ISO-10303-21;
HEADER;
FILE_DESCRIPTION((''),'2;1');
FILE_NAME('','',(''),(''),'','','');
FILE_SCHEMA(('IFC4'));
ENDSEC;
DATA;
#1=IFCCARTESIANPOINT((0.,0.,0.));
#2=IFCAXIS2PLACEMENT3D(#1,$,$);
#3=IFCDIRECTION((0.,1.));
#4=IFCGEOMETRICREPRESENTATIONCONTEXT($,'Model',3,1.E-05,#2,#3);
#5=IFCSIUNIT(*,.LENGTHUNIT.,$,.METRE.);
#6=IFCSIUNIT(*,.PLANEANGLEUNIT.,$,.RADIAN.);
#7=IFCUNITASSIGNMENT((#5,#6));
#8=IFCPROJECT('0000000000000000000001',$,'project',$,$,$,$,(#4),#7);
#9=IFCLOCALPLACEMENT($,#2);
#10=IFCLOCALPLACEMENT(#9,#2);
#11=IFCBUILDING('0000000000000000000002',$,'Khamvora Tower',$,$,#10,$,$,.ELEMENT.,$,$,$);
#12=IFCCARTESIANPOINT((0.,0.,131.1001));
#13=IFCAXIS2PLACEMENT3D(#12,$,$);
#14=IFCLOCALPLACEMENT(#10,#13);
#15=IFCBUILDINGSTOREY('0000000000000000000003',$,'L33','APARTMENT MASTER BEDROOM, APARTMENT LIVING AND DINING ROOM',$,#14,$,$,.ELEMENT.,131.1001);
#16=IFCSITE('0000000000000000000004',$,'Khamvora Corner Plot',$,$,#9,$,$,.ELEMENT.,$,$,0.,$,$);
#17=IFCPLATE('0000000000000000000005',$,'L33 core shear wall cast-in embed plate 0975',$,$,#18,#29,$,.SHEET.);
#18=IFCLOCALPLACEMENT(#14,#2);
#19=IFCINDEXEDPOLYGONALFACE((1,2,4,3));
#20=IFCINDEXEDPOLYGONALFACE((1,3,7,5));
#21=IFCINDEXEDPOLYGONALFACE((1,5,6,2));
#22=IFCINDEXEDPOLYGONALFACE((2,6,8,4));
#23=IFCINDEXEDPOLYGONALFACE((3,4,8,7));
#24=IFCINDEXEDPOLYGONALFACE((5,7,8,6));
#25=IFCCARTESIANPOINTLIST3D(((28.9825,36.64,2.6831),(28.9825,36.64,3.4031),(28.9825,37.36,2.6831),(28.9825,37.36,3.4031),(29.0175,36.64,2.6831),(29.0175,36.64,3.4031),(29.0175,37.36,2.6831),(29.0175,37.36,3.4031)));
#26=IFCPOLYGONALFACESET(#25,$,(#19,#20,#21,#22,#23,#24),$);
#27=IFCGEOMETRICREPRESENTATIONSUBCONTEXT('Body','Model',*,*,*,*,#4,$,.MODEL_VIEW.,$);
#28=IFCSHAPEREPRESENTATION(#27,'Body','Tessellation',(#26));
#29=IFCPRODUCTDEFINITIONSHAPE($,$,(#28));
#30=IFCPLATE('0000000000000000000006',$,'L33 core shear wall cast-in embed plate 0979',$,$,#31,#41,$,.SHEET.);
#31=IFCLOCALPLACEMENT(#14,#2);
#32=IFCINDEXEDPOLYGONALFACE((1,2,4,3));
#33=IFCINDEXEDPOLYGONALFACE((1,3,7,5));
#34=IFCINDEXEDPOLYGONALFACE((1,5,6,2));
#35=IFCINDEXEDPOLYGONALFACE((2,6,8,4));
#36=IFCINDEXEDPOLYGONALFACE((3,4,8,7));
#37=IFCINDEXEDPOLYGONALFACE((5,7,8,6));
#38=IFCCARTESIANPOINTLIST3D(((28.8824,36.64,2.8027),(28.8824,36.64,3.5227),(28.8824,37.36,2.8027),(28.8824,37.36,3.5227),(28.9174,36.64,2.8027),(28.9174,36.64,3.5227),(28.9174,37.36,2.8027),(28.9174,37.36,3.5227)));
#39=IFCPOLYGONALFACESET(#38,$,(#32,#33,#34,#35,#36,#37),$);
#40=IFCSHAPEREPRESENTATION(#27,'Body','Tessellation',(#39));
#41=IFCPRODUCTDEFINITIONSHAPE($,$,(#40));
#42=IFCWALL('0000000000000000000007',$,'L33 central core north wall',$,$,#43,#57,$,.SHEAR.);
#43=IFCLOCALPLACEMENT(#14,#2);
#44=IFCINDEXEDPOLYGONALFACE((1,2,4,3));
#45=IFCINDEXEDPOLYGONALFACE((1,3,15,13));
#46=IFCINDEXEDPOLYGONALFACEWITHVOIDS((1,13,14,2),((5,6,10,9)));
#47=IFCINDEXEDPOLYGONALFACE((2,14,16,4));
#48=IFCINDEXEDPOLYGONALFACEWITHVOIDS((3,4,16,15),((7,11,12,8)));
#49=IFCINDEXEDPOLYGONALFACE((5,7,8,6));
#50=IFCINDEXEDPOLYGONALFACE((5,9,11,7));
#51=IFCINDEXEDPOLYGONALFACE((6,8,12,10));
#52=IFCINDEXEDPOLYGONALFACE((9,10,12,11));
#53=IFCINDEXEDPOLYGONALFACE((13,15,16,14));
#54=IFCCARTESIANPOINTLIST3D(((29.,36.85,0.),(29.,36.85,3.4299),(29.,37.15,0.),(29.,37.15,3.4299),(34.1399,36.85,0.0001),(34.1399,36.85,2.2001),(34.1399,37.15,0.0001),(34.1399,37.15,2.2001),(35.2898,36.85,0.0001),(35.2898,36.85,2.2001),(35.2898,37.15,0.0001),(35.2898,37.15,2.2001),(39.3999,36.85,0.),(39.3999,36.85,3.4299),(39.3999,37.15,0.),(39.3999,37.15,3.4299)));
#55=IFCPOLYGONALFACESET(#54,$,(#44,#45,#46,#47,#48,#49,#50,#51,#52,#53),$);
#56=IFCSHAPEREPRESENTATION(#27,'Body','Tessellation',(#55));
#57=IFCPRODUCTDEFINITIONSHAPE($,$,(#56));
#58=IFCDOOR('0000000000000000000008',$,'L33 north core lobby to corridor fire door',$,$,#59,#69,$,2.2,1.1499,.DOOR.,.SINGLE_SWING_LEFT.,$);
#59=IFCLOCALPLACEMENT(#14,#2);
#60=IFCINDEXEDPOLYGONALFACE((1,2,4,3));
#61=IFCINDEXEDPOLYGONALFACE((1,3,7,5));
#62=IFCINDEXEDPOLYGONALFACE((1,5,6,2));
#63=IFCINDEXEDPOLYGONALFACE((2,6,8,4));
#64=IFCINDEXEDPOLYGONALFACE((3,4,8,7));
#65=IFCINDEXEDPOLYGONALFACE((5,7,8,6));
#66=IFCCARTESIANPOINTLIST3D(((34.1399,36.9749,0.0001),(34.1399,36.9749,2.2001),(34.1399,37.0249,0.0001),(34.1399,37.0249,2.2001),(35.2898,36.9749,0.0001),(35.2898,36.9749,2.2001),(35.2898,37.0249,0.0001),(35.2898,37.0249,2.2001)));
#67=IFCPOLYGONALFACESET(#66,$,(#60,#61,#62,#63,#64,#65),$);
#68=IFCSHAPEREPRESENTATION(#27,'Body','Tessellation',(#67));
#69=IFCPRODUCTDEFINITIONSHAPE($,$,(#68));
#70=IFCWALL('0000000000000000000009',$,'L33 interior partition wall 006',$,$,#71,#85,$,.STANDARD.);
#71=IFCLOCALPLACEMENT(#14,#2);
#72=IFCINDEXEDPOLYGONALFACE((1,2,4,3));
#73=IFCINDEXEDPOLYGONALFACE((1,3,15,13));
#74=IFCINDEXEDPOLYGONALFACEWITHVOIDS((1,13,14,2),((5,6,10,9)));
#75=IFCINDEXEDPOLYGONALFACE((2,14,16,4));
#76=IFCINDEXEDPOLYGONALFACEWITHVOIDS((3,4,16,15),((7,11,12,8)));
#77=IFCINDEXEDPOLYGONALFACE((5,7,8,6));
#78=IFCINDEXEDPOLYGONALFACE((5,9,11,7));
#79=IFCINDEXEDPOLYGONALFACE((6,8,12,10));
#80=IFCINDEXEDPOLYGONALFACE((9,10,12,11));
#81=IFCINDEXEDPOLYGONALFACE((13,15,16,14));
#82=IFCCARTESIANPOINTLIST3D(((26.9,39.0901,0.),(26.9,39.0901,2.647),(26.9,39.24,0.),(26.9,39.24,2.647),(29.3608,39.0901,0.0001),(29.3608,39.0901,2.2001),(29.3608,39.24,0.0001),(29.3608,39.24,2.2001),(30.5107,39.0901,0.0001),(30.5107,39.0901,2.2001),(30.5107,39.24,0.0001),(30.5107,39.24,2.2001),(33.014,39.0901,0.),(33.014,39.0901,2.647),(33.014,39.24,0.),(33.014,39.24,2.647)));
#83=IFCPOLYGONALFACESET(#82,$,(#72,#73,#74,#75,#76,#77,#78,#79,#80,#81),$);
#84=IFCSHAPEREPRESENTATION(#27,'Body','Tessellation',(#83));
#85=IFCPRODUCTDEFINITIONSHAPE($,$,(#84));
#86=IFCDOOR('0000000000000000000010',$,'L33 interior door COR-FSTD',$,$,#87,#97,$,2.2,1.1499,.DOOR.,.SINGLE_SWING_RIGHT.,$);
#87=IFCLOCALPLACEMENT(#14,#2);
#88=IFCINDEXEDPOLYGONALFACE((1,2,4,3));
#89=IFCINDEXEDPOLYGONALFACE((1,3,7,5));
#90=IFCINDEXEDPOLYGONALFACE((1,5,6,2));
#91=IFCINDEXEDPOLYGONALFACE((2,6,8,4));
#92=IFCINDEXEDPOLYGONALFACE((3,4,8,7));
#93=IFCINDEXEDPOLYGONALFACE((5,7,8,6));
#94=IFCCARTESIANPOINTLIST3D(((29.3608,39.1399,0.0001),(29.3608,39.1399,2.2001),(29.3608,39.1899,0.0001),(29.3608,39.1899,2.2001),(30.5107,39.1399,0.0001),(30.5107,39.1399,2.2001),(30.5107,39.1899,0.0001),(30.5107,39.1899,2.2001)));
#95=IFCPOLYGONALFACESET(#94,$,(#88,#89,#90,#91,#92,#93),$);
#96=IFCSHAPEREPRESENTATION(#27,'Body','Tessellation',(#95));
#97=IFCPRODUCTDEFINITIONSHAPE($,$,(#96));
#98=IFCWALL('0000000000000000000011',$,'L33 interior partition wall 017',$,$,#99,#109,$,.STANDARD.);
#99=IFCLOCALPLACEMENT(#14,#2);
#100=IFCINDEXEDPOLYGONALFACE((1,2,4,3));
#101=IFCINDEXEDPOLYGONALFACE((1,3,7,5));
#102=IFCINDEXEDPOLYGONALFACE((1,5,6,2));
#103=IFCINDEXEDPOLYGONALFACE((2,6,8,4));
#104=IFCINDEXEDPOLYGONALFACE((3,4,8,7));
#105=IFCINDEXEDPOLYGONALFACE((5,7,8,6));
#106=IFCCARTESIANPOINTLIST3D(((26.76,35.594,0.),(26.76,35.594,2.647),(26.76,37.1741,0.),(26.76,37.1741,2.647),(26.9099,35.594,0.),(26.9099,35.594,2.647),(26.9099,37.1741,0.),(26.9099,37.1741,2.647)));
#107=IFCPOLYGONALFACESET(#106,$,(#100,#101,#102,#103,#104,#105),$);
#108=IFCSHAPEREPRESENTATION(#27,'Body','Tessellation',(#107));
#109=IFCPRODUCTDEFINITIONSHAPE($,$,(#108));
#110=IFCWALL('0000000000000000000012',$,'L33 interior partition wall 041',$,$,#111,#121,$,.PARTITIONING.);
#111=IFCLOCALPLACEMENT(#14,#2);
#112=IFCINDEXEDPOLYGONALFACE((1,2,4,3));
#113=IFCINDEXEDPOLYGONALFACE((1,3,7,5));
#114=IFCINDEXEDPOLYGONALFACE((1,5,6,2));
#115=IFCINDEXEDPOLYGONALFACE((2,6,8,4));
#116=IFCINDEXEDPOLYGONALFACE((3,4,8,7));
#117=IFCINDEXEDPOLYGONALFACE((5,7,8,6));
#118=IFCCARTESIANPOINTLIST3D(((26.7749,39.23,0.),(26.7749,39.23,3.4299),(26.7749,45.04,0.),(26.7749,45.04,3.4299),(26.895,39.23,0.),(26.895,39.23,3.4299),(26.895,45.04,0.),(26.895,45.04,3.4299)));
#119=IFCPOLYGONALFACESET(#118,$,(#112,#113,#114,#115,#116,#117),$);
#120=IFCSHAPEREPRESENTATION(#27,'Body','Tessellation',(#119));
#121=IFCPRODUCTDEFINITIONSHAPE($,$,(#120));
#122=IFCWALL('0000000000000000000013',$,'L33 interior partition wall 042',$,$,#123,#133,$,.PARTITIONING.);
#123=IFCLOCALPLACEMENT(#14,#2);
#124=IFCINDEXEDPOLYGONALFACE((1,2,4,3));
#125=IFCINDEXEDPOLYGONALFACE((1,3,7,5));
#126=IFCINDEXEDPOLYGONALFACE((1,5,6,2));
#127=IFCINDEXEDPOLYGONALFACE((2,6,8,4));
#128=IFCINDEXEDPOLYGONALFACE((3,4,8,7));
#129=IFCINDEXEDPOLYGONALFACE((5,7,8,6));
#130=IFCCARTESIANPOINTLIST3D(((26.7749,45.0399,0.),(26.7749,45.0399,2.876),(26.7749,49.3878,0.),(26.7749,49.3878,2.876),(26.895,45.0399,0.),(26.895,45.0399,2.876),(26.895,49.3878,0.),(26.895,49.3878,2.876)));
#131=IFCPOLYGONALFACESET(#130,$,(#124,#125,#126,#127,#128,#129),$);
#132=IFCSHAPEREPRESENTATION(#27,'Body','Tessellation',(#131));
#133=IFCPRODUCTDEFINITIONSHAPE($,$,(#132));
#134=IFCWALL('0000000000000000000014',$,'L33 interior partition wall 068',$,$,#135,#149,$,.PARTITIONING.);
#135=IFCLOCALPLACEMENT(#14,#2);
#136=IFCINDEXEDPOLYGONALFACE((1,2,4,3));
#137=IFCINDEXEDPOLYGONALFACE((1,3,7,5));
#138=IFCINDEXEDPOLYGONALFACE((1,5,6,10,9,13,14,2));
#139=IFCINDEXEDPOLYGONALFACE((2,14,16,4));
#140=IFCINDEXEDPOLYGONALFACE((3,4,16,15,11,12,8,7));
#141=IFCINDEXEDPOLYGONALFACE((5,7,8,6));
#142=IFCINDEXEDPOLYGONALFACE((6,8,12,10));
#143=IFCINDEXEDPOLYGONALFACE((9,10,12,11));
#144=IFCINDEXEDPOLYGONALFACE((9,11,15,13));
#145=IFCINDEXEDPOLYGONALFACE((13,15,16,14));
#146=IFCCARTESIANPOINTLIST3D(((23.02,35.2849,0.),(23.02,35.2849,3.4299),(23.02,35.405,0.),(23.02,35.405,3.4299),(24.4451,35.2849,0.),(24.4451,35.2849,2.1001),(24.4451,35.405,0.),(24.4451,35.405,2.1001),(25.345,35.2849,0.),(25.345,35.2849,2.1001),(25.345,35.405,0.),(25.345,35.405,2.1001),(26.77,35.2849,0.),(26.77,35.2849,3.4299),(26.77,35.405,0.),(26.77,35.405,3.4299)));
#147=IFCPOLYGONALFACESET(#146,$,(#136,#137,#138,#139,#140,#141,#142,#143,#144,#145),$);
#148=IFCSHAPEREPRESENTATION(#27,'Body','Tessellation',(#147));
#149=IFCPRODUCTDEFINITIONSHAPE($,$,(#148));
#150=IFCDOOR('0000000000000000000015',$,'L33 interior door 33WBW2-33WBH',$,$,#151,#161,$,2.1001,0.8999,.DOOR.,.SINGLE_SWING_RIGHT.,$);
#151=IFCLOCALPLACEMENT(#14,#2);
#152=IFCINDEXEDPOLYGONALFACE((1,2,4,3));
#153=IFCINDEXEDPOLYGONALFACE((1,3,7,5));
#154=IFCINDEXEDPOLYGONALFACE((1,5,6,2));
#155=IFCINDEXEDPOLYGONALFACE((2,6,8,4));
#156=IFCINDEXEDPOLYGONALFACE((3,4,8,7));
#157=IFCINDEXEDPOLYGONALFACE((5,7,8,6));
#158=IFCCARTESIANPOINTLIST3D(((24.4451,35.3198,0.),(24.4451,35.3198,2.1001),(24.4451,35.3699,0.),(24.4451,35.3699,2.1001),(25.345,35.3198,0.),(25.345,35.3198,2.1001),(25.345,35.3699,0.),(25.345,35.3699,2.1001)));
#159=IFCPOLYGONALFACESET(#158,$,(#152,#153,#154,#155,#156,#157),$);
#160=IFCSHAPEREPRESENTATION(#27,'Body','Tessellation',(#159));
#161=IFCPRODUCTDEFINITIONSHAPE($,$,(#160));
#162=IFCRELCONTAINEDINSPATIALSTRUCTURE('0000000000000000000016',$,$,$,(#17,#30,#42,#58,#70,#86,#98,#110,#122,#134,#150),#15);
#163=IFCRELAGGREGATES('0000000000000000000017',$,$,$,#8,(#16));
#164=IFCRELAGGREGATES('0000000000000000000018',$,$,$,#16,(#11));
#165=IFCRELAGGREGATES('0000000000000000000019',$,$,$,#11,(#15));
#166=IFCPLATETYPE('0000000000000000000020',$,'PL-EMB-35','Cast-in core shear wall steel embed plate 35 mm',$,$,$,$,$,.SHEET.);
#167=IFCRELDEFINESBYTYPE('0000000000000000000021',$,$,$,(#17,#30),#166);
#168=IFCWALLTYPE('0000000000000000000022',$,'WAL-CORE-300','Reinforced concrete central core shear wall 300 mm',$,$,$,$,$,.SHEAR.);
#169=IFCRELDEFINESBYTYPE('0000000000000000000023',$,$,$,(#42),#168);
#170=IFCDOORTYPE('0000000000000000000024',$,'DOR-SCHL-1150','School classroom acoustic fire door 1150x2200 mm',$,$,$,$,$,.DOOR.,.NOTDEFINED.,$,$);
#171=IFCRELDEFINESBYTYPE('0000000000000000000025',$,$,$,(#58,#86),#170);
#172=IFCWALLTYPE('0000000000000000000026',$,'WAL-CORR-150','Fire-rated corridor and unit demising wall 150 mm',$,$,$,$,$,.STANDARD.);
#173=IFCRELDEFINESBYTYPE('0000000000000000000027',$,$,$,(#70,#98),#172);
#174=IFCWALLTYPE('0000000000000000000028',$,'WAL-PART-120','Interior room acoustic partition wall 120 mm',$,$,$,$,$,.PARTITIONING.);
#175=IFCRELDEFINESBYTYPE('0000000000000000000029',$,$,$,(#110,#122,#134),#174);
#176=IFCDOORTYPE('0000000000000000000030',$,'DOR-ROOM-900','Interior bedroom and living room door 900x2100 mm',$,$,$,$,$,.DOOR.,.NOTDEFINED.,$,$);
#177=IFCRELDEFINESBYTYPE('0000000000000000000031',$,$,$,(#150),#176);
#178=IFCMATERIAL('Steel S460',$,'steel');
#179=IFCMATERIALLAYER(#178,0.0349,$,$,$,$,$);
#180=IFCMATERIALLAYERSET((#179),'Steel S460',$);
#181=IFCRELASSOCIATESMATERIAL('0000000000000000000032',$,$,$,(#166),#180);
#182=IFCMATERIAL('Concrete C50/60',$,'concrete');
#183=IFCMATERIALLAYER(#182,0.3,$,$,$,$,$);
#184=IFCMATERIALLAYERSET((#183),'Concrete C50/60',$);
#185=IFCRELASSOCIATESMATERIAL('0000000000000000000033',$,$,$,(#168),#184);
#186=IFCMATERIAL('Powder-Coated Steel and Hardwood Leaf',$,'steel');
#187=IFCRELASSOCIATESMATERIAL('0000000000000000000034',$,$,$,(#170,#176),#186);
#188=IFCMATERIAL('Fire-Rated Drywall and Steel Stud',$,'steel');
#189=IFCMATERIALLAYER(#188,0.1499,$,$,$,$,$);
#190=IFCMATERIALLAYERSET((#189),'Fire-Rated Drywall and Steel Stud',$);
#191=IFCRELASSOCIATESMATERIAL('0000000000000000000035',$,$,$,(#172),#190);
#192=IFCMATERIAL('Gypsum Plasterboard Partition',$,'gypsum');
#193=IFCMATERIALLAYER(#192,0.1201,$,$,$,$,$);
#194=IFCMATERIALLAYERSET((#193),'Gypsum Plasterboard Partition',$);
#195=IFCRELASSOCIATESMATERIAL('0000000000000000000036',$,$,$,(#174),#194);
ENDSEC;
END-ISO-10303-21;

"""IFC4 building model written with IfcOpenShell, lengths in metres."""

from ifc_helpers import new_model, si_unit, direction, frame, frame_2d, origin, origin_2d, place, context, subcontext, project, spatial, rectangle, extrude, material, layer, layer_set, type_object, element, fill, save


model = new_model("IFC4")

# Units and contexts
model_context = context("Model", 3, precision=1e-05, world=origin(), true_north=direction((0.0, 1.0)))
body_context = subcontext(model_context, "Body", "Model", "MODEL_VIEW")
ifc_project = project(units=[si_unit("LENGTHUNIT", "METRE"), si_unit("PLANEANGLEUNIT", "RADIAN")], contexts=[model_context])

# Site, building, storey
site_placement = place(None, origin())
site = spatial("IfcSite", under=ifc_project, at=site_placement, Name="Khamvora Corner Plot", CompositionType="ELEMENT", RefElevation=0.0)
building_placement = place(site_placement, origin())
building = spatial("IfcBuilding", under=site, at=building_placement, Name="Khamvora Tower", CompositionType="ELEMENT")
storey_placement = place(building_placement, frame((0.0, 0.0, 131.1001)))
storey = spatial("IfcBuildingStorey", under=building, at=storey_placement, Name="L33", Description="APARTMENT MASTER BEDROOM, APARTMENT LIVING AND DINING ROOM", CompositionType="ELEMENT", Elevation=131.1001)

# Shared definitions
ifc_material_1 = material(Name="Steel S460", Category="steel")

# Plates
ifc_layer_1 = layer(ifc_material_1, 0.0349)
ifc_layer_set_1 = layer_set([ifc_layer_1], Name="Steel S460")
plate_type_1 = type_object("IfcPlateType", Name="PL-EMB-35", Description="Cast-in core shear wall steel embed plate 35 mm", PredefinedType="SHEET", material=ifc_layer_set_1)
for number, where, z_axis, x_axis, name in (
    (1, (29.0, 37.0, 2.6831), (0.0, 0.0, 1.0), (1.0, 0.0, 0.0), "L33 core shear wall cast-in embed plate 0975"),
    (2, (28.8999, 37.0, 2.8027), (0.0, 0.0, 1.0), (1.0, 0.0, 0.0), "L33 core shear wall cast-in embed plate 0979"),
):
    element("IfcPlate", number, at=place(storey_placement, frame(where, z_axis=z_axis, x_axis=x_axis)), inside=storey, type_object=plate_type_1, Name=name, PredefinedType="SHEET", context=body_context, shape_type="SweptSolid", body=[
        extrude(rectangle(XDim=0.0349, YDim=0.72, at=origin_2d()), origin(), (0.0, 0.0, 1.0), 0.72),
    ])

# Walls, openings, doors
ifc_material_2 = material(Name="Concrete C50/60", Category="concrete")
ifc_layer_2 = layer(ifc_material_2, 0.3)
ifc_layer_set_2 = layer_set([ifc_layer_2], Name="Concrete C50/60")
wall_type_1 = type_object("IfcWallType", Name="WAL-CORE-300", Description="Reinforced concrete central core shear wall 300 mm", PredefinedType="SHEAR", material=ifc_layer_set_2)
wall_1_placement = place(storey_placement, frame((29.0, 37.0, 0.0), z_axis=(0.0, 0.0, 1.0), x_axis=(1.0, 0.0, 0.0)))
wall_1 = element("IfcWall", 3, at=wall_1_placement, inside=storey, type_object=wall_type_1, Name="L33 central core north wall", PredefinedType="SHEAR", context=body_context, shape_type="SweptSolid", body=[
    extrude(rectangle(XDim=10.3999, YDim=0.3, at=frame_2d((5.2, 0.0))), origin(), (0.0, 0.0, 1.0), 3.4299),
])
opening_1_placement = place(wall_1_placement, frame((5.1399, 0.0, 0.0)))
opening_1 = element("IfcOpeningElement", 4, at=opening_1_placement, cuts=wall_1, PredefinedType="OPENING", context=body_context, shape_type="SweptSolid", body=[
    extrude(rectangle(XDim=1.1499, YDim=2.2, at=frame_2d((0.575, 1.1001))), frame((0.0, 0.1599, 0.0), z_axis=(0.0, -1.0, 0.0), x_axis=(1.0, 0.0, 0.0)), (0.0, 0.0, 1.0), 0.3201),
])
ifc_material_3 = material(Name="Powder-Coated Steel and Hardwood Leaf", Category="steel")
door_type_1 = type_object("IfcDoorType", Name="DOR-SCHL-1150", Description="School classroom acoustic fire door 1150x2200 mm", OperationType="NOTDEFINED", PredefinedType="DOOR", material=ifc_material_3)
door_1_placement = place(opening_1_placement, origin())
door_1 = element("IfcDoor", 5, at=door_1_placement, inside=storey, type_object=door_type_1, Name="L33 north core lobby to corridor fire door", OperationType="SINGLE_SWING_LEFT", OverallHeight=2.2, OverallWidth=1.1499, PredefinedType="DOOR", context=body_context, shape_type="SweptSolid", body=[
    extrude(rectangle(XDim=1.1499, YDim=2.2, at=frame_2d((0.575, 1.1001))), frame((0.0, 0.0249, 0.0), z_axis=(0.0, -1.0, 0.0), x_axis=(1.0, 0.0, 0.0)), (0.0, 0.0, 1.0), 0.05),
])
fill(opening_1, door_1)
ifc_material_4 = material(Name="Fire-Rated Drywall and Steel Stud", Category="steel")
ifc_layer_3 = layer(ifc_material_4, 0.1499)
ifc_layer_set_3 = layer_set([ifc_layer_3], Name="Fire-Rated Drywall and Steel Stud")
wall_type_2 = type_object("IfcWallType", Name="WAL-CORR-150", Description="Fire-rated corridor and unit demising wall 150 mm", PredefinedType="STANDARD", material=ifc_layer_set_3)
wall_2_placement = place(storey_placement, frame((26.8999, 39.165, 0.0), z_axis=(0.0, 0.0, 1.0), x_axis=(1.0, 0.0, 0.0)))
wall_2 = element("IfcWall", 6, at=wall_2_placement, inside=storey, type_object=wall_type_2, Name="L33 interior partition wall 006", PredefinedType="STANDARD", context=body_context, shape_type="SweptSolid", body=[
    extrude(rectangle(XDim=6.114, YDim=0.1499, at=frame_2d((3.0571, 0.0))), origin(), (0.0, 0.0, 1.0), 2.647),
])
opening_2_placement = place(wall_2_placement, frame((2.4609, 0.0, 0.0)))
opening_2 = element("IfcOpeningElement", 7, at=opening_2_placement, cuts=wall_2, PredefinedType="OPENING", context=body_context, shape_type="SweptSolid", body=[
    extrude(rectangle(XDim=1.1499, YDim=2.2, at=frame_2d((0.575, 1.1001))), frame((0.0, 0.085, 0.0), z_axis=(0.0, -1.0, 0.0), x_axis=(1.0, 0.0, 0.0)), (0.0, 0.0, 1.0), 0.1699),
])
door_2_placement = place(opening_2_placement, origin())
door_2 = element("IfcDoor", 8, at=door_2_placement, inside=storey, type_object=door_type_1, Name="L33 interior door COR-FSTD", OperationType="SINGLE_SWING_RIGHT", OverallHeight=2.2, OverallWidth=1.1499, PredefinedType="DOOR", context=body_context, shape_type="SweptSolid", body=[
    extrude(rectangle(XDim=1.1499, YDim=2.2, at=frame_2d((0.575, 1.1001))), frame((0.0, 0.0249, 0.0), z_axis=(0.0, -1.0, 0.0), x_axis=(1.0, 0.0, 0.0)), (0.0, 0.0, 1.0), 0.05),
])
fill(opening_2, door_2)

# Wall
wall_3_placement = place(storey_placement, frame((26.835, 35.594, 0.0), z_axis=(0.0, 0.0, 1.0), x_axis=(0.0, 1.0, 0.0)))
element("IfcWall", 9, at=wall_3_placement, inside=storey, type_object=wall_type_2, Name="L33 interior partition wall 017", PredefinedType="STANDARD", context=body_context, shape_type="SweptSolid", body=[
    extrude(rectangle(XDim=1.5801, YDim=0.1499, at=frame_2d((0.79, 0.0))), origin(), (0.0, 0.0, 1.0), 2.647),
])

# Walls
ifc_material_5 = material(Name="Gypsum Plasterboard Partition", Category="gypsum")
ifc_layer_4 = layer(ifc_material_5, 0.1201)
ifc_layer_set_4 = layer_set([ifc_layer_4], Name="Gypsum Plasterboard Partition")
wall_type_3 = type_object("IfcWallType", Name="WAL-PART-120", Description="Interior room acoustic partition wall 120 mm", PredefinedType="PARTITIONING", material=ifc_layer_set_4)
wall_4_placement = place(storey_placement, frame((26.835, 39.23, 0.0), z_axis=(0.0, 0.0, 1.0), x_axis=(0.0, 1.0, 0.0)))
element("IfcWall", 10, at=wall_4_placement, inside=storey, type_object=wall_type_3, Name="L33 interior partition wall 041", PredefinedType="PARTITIONING", context=body_context, shape_type="SweptSolid", body=[
    extrude(rectangle(XDim=5.8101, YDim=0.1201, at=frame_2d((2.905, 0.0))), origin(), (0.0, 0.0, 1.0), 3.4299),
])
wall_5_placement = place(storey_placement, frame((26.835, 45.04, 0.0), z_axis=(0.0, 0.0, 1.0), x_axis=(0.0, 1.0, 0.0)))
element("IfcWall", 11, at=wall_5_placement, inside=storey, type_object=wall_type_3, Name="L33 interior partition wall 042", PredefinedType="PARTITIONING", context=body_context, shape_type="SweptSolid", body=[
    extrude(rectangle(XDim=4.3479, YDim=0.1201, at=frame_2d((2.1738, 0.0))), origin(), (0.0, 0.0, 1.0), 2.876),
])

# Wall, opening, door
wall_6_placement = place(storey_placement, frame((23.02, 35.345, 0.0), z_axis=(0.0, 0.0, 1.0), x_axis=(1.0, 0.0, 0.0)))
wall_6 = element("IfcWall", 12, at=wall_6_placement, inside=storey, type_object=wall_type_3, Name="L33 interior partition wall 068", PredefinedType="PARTITIONING", context=body_context, shape_type="SweptSolid", body=[
    extrude(rectangle(XDim=3.75, YDim=0.1201, at=frame_2d((1.875, 0.0))), origin(), (0.0, 0.0, 1.0), 3.4299),
])
opening_3_placement = place(wall_6_placement, frame((1.425, 0.0, 0.0)))
opening_3 = element("IfcOpeningElement", 13, at=opening_3_placement, cuts=wall_6, PredefinedType="OPENING", context=body_context, shape_type="SweptSolid", body=[
    extrude(rectangle(XDim=0.8999, YDim=2.1001, at=frame_2d((0.45, 1.05))), frame((0.0, 0.0701, 0.0), z_axis=(0.0, -1.0, 0.0), x_axis=(1.0, 0.0, 0.0)), (0.0, 0.0, 1.0), 0.1401),
])
door_type_2 = type_object("IfcDoorType", Name="DOR-ROOM-900", Description="Interior bedroom and living room door 900x2100 mm", OperationType="NOTDEFINED", PredefinedType="DOOR", material=ifc_material_3)
door_3_placement = place(opening_3_placement, origin())
door_3 = element("IfcDoor", 14, at=door_3_placement, inside=storey, type_object=door_type_2, Name="L33 interior door 33WBW2-33WBH", OperationType="SINGLE_SWING_RIGHT", OverallHeight=2.1001, OverallWidth=0.8999, PredefinedType="DOOR", context=body_context, shape_type="SweptSolid", body=[
    extrude(rectangle(XDim=0.8999, YDim=2.1001, at=frame_2d((0.45, 1.05))), frame((0.0, 0.0249, 0.0), z_axis=(0.0, -1.0, 0.0), x_axis=(1.0, 0.0, 0.0)), (0.0, 0.0, 1.0), 0.05),
])
fill(opening_3, door_3)

save(model, "model.ifc")
